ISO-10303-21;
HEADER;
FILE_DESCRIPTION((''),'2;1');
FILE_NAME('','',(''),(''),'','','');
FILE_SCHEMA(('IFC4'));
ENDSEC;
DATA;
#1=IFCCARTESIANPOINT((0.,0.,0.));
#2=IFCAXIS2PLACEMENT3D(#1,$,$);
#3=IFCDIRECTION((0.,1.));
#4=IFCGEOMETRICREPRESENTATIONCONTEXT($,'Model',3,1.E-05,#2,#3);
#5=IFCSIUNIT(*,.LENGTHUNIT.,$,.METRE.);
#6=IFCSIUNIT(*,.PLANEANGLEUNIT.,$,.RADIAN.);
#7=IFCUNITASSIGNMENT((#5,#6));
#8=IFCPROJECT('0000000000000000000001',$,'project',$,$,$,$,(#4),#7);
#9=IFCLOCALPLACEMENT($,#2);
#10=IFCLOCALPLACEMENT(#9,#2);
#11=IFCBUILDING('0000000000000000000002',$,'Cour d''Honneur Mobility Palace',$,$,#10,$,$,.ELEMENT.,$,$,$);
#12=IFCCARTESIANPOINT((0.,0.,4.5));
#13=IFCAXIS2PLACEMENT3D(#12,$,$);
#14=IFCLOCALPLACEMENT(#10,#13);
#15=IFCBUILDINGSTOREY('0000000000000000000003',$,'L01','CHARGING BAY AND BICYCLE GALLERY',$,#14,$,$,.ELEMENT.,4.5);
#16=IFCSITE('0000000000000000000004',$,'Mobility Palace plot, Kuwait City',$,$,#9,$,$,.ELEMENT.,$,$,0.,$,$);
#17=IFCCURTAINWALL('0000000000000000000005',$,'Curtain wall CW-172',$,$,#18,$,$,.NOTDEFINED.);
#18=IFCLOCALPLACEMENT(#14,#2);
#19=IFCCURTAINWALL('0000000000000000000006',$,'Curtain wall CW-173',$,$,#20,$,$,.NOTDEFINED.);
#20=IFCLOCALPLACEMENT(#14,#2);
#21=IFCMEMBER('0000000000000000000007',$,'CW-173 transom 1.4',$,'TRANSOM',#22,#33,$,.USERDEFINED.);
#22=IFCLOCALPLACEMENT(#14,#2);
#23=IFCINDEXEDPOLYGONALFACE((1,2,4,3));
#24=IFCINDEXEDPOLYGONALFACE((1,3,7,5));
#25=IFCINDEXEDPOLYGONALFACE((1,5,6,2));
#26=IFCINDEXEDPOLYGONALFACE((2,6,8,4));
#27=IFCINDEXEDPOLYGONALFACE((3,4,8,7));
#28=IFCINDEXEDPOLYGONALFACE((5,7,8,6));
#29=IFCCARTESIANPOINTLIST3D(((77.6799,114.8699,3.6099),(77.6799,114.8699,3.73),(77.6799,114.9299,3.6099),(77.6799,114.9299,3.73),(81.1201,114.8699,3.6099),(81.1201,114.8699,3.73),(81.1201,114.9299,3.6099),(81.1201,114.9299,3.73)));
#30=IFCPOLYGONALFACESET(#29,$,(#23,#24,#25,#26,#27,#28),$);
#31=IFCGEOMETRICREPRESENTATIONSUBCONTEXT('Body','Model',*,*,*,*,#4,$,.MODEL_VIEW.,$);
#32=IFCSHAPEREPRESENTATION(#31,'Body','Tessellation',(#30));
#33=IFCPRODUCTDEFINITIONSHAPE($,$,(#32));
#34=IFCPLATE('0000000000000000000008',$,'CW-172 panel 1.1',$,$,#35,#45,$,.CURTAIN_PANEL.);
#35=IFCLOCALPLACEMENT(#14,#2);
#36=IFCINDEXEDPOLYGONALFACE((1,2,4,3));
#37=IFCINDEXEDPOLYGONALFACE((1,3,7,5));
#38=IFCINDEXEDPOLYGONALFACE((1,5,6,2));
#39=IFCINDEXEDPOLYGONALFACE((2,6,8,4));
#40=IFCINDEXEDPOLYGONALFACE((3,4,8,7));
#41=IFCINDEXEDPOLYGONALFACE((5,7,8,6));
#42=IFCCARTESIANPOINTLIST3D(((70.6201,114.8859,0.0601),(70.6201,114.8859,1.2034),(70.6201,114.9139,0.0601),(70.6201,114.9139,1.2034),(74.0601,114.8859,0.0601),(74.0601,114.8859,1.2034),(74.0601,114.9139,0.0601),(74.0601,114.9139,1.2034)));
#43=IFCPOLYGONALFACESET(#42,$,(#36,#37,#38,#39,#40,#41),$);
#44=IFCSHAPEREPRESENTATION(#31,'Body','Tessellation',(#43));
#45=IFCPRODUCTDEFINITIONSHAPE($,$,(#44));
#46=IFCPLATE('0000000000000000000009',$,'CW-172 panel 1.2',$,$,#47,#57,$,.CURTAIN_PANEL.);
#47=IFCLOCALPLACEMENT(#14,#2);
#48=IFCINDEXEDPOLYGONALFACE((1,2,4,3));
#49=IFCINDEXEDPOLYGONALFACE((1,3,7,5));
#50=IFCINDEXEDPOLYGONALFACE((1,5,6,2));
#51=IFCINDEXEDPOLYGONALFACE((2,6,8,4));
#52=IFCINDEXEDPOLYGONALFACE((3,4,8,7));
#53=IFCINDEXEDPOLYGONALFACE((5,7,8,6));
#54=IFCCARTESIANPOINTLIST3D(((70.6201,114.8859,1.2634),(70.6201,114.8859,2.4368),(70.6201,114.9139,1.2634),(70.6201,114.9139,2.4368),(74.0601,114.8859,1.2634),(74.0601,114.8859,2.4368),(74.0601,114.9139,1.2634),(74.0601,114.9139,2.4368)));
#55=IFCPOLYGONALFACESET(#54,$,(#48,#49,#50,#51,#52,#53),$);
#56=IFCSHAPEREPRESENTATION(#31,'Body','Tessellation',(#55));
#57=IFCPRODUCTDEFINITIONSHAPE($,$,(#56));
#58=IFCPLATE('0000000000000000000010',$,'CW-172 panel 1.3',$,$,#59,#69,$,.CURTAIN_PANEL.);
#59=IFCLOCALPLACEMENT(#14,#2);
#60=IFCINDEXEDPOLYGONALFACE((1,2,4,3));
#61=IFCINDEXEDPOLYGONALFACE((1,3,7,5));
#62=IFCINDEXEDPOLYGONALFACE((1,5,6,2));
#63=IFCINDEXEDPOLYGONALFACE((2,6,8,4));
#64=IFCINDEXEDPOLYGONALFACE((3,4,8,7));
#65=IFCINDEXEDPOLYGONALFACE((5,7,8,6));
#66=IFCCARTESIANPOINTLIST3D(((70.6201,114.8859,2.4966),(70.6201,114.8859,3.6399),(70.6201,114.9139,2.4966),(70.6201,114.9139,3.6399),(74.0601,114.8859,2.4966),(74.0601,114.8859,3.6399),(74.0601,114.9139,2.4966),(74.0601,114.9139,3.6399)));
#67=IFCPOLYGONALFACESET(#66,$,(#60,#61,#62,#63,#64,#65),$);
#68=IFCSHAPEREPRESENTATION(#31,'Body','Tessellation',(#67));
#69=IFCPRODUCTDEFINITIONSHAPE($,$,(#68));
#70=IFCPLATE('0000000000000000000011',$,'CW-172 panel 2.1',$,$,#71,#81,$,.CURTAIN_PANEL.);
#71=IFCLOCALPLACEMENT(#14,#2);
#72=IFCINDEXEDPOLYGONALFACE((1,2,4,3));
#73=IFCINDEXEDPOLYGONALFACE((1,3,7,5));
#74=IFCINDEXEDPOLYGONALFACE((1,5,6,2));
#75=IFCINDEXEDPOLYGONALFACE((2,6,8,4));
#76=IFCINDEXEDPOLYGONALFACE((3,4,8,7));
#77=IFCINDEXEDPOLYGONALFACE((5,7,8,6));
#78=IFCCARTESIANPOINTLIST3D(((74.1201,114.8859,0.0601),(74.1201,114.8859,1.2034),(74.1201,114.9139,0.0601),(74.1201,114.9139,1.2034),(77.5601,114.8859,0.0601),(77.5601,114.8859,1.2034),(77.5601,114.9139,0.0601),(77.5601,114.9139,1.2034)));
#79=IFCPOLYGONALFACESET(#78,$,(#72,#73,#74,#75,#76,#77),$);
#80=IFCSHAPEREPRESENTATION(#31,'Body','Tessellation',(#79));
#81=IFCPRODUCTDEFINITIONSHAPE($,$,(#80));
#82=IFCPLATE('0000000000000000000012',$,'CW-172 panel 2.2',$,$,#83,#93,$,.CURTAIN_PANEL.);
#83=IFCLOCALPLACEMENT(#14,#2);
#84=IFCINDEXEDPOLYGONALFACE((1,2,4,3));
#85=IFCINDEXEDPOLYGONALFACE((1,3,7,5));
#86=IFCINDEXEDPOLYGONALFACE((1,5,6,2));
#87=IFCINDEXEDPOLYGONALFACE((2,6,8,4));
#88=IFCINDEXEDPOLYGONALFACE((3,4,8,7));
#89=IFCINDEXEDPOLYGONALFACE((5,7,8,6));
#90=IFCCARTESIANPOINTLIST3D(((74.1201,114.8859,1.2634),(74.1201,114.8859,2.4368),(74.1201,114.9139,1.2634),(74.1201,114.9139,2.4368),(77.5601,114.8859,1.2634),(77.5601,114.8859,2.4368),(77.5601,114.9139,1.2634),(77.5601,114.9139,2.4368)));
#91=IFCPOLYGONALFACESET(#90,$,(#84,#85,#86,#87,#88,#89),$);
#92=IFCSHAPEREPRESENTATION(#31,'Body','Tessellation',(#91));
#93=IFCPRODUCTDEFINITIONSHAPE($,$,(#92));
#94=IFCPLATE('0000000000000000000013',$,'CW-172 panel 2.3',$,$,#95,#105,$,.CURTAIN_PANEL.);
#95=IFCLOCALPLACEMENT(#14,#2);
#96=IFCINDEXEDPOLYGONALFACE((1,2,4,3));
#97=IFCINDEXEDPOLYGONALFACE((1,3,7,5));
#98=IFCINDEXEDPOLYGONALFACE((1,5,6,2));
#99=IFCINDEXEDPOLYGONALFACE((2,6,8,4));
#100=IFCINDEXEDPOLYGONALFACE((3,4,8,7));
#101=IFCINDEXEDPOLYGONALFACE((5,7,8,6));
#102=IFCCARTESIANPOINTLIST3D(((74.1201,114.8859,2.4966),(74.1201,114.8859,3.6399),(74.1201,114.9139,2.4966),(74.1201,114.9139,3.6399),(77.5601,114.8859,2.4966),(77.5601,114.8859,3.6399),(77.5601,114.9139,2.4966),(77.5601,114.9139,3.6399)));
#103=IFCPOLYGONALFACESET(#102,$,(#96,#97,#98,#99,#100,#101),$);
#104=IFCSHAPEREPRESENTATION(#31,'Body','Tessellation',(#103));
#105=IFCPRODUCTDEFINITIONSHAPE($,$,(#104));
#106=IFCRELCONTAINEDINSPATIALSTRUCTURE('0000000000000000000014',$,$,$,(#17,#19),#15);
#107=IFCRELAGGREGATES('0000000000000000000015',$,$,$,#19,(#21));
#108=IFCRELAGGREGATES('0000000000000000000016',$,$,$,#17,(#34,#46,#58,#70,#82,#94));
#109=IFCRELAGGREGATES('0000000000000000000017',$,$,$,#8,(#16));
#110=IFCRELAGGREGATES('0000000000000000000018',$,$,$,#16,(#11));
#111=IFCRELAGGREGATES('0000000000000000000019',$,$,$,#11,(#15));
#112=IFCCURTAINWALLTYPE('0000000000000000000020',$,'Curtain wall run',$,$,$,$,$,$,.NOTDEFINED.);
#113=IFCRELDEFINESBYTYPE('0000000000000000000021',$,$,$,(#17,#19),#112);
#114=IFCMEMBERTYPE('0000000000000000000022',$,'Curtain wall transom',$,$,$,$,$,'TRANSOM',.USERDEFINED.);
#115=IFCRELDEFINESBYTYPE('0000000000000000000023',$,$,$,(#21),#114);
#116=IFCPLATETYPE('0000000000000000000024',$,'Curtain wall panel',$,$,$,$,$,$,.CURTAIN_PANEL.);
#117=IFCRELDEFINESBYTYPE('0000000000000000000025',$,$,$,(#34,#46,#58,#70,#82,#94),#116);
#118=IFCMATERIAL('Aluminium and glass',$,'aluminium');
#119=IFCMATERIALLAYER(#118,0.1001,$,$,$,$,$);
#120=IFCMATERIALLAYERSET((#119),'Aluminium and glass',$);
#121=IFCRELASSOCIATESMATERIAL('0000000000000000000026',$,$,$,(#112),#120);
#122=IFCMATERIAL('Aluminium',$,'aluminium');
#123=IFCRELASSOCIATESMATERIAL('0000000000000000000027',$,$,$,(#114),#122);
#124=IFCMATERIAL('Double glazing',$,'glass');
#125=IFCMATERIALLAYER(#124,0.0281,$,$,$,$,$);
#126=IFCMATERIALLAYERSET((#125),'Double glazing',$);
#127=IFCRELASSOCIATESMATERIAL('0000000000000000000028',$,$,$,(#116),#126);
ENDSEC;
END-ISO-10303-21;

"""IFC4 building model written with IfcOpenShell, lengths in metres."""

from ifc_helpers import new_model, si_unit, direction, frame, origin, origin_2d, place, context, subcontext, project, spatial, rectangle, extrude, material, layer, layer_set, material_profile, profile_set, type_object, element, aggregate, save


model = new_model("IFC4")

# Units and contexts
model_context = context("Model", 3, precision=1e-05, world=origin(), true_north=direction((0.0, 1.0)))
body_context = subcontext(model_context, "Body", "Model", "MODEL_VIEW")
ifc_project = project(units=[si_unit("LENGTHUNIT", "METRE"), si_unit("PLANEANGLEUNIT", "RADIAN")], contexts=[model_context])

# Site, building, storey
site_placement = place(None, origin())
site = spatial("IfcSite", under=ifc_project, at=site_placement, Name="Mobility Palace plot, Kuwait City", CompositionType="ELEMENT", RefElevation=0.0)
building_placement = place(site_placement, origin())
building = spatial("IfcBuilding", under=site, at=building_placement, Name="Cour d'Honneur Mobility Palace", CompositionType="ELEMENT")
storey_placement = place(building_placement, frame((0.0, 0.0, 4.5)))
storey = spatial("IfcBuildingStorey", under=building, at=storey_placement, Name="L01", Description="CHARGING BAY AND BICYCLE GALLERY", CompositionType="ELEMENT", Elevation=4.5)

# Curtain wall
ifc_material_1 = material(Name="Aluminium and glass", Category="aluminium")
ifc_layer_1 = layer(ifc_material_1, 0.1001)
ifc_layer_set_1 = layer_set([ifc_layer_1], Name="Aluminium and glass")
curtain_wall_type = type_object("IfcCurtainWallType", Name="Curtain wall run", PredefinedType="NOTDEFINED", material=ifc_layer_set_1)
curtain_wall_1_placement = place(storey_placement, origin())
curtain_wall_1 = element("IfcCurtainWall", 1, at=curtain_wall_1_placement, inside=storey, type_object=curtain_wall_type, Name="Curtain wall CW-172", PredefinedType="NOTDEFINED")

# Curtain wall
curtain_wall_2_placement = place(storey_placement, origin())
curtain_wall_2 = element("IfcCurtainWall", 2, at=curtain_wall_2_placement, inside=storey, type_object=curtain_wall_type, Name="Curtain wall CW-173", PredefinedType="NOTDEFINED")

# Member
ifc_material_2 = material(Name="Aluminium", Category="aluminium")
ifc_material_profile_1 = material_profile(ifc_material_2, rectangle(XDim=0.0601, YDim=0.1201, at=origin_2d()), Name="Curtain wall transom")
ifc_profile_set_1 = profile_set([ifc_material_profile_1], Name="Aluminium")
member_type_1 = type_object("IfcMemberType", Name="Curtain wall transom", ElementType="TRANSOM", PredefinedType="USERDEFINED", material=ifc_profile_set_1)
member_1_placement = place(storey_placement, frame((77.6799, 114.8999, 3.6699), z_axis=(1.0, 0.0, 0.0), x_axis=(0.0, 1.0, 0.0)))
member_1 = element("IfcMember", 3, at=member_1_placement, type_object=member_type_1, Name="CW-173 transom 1.4", ObjectType="TRANSOM", PredefinedType="USERDEFINED", context=body_context, shape_type="SweptSolid", body=[
    extrude(rectangle(XDim=0.0601, YDim=0.1201, at=origin_2d()), origin(), (0.0, 0.0, 1.0), 3.4402),
])
aggregate(curtain_wall_2, [member_1])

# Plates
ifc_material_3 = material(Name="Double glazing", Category="glass")
ifc_layer_2 = layer(ifc_material_3, 0.0281)
ifc_layer_set_2 = layer_set([ifc_layer_2], Name="Double glazing")
plate_type = type_object("IfcPlateType", Name="Curtain wall panel", PredefinedType="CURTAIN_PANEL", material=ifc_layer_set_2)
plate_1_placement = place(storey_placement, frame((72.3401, 114.8999, 0.0601), z_axis=(0.0, 0.0, 1.0), x_axis=(1.0, 0.0, 0.0)))
plate_1 = element("IfcPlate", 4, at=plate_1_placement, type_object=plate_type, Name="CW-172 panel 1.1", PredefinedType="CURTAIN_PANEL", context=body_context, shape_type="SweptSolid", body=[
    extrude(rectangle(XDim=3.4399, YDim=0.0281, at=origin_2d()), origin(), (0.0, 0.0, 1.0), 1.1433),
])
plate_2_placement = place(storey_placement, frame((72.3401, 114.8999, 1.2634), z_axis=(0.0, 0.0, 1.0), x_axis=(1.0, 0.0, 0.0)))
plate_2 = element("IfcPlate", 5, at=plate_2_placement, type_object=plate_type, Name="CW-172 panel 1.2", PredefinedType="CURTAIN_PANEL", context=body_context, shape_type="SweptSolid", body=[
    extrude(rectangle(XDim=3.4399, YDim=0.0281, at=origin_2d()), origin(), (0.0, 0.0, 1.0), 1.1733),
])
plate_3_placement = place(storey_placement, frame((72.3401, 114.8999, 2.4966), z_axis=(0.0, 0.0, 1.0), x_axis=(1.0, 0.0, 0.0)))
plate_3 = element("IfcPlate", 6, at=plate_3_placement, type_object=plate_type, Name="CW-172 panel 1.3", PredefinedType="CURTAIN_PANEL", context=body_context, shape_type="SweptSolid", body=[
    extrude(rectangle(XDim=3.4399, YDim=0.0281, at=origin_2d()), origin(), (0.0, 0.0, 1.0), 1.1433),
])
plate_4_placement = place(storey_placement, frame((75.8401, 114.8999, 0.0601), z_axis=(0.0, 0.0, 1.0), x_axis=(1.0, 0.0, 0.0)))
plate_4 = element("IfcPlate", 7, at=plate_4_placement, type_object=plate_type, Name="CW-172 panel 2.1", PredefinedType="CURTAIN_PANEL", context=body_context, shape_type="SweptSolid", body=[
    extrude(rectangle(XDim=3.4399, YDim=0.0281, at=origin_2d()), origin(), (0.0, 0.0, 1.0), 1.1433),
])
plate_5_placement = place(storey_placement, frame((75.8401, 114.8999, 1.2634), z_axis=(0.0, 0.0, 1.0), x_axis=(1.0, 0.0, 0.0)))
plate_5 = element("IfcPlate", 8, at=plate_5_placement, type_object=plate_type, Name="CW-172 panel 2.2", PredefinedType="CURTAIN_PANEL", context=body_context, shape_type="SweptSolid", body=[
    extrude(rectangle(XDim=3.4399, YDim=0.0281, at=origin_2d()), origin(), (0.0, 0.0, 1.0), 1.1733),
])
plate_6_placement = place(storey_placement, frame((75.8401, 114.8999, 2.4966), z_axis=(0.0, 0.0, 1.0), x_axis=(1.0, 0.0, 0.0)))
plate_6 = element("IfcPlate", 9, at=plate_6_placement, type_object=plate_type, Name="CW-172 panel 2.3", PredefinedType="CURTAIN_PANEL", context=body_context, shape_type="SweptSolid", body=[
    extrude(rectangle(XDim=3.4399, YDim=0.0281, at=origin_2d()), origin(), (0.0, 0.0, 1.0), 1.1433),
])
aggregate(curtain_wall_1, [plate_1, plate_2, plate_3, plate_4, plate_5, plate_6])

save(model, "model.ifc")
